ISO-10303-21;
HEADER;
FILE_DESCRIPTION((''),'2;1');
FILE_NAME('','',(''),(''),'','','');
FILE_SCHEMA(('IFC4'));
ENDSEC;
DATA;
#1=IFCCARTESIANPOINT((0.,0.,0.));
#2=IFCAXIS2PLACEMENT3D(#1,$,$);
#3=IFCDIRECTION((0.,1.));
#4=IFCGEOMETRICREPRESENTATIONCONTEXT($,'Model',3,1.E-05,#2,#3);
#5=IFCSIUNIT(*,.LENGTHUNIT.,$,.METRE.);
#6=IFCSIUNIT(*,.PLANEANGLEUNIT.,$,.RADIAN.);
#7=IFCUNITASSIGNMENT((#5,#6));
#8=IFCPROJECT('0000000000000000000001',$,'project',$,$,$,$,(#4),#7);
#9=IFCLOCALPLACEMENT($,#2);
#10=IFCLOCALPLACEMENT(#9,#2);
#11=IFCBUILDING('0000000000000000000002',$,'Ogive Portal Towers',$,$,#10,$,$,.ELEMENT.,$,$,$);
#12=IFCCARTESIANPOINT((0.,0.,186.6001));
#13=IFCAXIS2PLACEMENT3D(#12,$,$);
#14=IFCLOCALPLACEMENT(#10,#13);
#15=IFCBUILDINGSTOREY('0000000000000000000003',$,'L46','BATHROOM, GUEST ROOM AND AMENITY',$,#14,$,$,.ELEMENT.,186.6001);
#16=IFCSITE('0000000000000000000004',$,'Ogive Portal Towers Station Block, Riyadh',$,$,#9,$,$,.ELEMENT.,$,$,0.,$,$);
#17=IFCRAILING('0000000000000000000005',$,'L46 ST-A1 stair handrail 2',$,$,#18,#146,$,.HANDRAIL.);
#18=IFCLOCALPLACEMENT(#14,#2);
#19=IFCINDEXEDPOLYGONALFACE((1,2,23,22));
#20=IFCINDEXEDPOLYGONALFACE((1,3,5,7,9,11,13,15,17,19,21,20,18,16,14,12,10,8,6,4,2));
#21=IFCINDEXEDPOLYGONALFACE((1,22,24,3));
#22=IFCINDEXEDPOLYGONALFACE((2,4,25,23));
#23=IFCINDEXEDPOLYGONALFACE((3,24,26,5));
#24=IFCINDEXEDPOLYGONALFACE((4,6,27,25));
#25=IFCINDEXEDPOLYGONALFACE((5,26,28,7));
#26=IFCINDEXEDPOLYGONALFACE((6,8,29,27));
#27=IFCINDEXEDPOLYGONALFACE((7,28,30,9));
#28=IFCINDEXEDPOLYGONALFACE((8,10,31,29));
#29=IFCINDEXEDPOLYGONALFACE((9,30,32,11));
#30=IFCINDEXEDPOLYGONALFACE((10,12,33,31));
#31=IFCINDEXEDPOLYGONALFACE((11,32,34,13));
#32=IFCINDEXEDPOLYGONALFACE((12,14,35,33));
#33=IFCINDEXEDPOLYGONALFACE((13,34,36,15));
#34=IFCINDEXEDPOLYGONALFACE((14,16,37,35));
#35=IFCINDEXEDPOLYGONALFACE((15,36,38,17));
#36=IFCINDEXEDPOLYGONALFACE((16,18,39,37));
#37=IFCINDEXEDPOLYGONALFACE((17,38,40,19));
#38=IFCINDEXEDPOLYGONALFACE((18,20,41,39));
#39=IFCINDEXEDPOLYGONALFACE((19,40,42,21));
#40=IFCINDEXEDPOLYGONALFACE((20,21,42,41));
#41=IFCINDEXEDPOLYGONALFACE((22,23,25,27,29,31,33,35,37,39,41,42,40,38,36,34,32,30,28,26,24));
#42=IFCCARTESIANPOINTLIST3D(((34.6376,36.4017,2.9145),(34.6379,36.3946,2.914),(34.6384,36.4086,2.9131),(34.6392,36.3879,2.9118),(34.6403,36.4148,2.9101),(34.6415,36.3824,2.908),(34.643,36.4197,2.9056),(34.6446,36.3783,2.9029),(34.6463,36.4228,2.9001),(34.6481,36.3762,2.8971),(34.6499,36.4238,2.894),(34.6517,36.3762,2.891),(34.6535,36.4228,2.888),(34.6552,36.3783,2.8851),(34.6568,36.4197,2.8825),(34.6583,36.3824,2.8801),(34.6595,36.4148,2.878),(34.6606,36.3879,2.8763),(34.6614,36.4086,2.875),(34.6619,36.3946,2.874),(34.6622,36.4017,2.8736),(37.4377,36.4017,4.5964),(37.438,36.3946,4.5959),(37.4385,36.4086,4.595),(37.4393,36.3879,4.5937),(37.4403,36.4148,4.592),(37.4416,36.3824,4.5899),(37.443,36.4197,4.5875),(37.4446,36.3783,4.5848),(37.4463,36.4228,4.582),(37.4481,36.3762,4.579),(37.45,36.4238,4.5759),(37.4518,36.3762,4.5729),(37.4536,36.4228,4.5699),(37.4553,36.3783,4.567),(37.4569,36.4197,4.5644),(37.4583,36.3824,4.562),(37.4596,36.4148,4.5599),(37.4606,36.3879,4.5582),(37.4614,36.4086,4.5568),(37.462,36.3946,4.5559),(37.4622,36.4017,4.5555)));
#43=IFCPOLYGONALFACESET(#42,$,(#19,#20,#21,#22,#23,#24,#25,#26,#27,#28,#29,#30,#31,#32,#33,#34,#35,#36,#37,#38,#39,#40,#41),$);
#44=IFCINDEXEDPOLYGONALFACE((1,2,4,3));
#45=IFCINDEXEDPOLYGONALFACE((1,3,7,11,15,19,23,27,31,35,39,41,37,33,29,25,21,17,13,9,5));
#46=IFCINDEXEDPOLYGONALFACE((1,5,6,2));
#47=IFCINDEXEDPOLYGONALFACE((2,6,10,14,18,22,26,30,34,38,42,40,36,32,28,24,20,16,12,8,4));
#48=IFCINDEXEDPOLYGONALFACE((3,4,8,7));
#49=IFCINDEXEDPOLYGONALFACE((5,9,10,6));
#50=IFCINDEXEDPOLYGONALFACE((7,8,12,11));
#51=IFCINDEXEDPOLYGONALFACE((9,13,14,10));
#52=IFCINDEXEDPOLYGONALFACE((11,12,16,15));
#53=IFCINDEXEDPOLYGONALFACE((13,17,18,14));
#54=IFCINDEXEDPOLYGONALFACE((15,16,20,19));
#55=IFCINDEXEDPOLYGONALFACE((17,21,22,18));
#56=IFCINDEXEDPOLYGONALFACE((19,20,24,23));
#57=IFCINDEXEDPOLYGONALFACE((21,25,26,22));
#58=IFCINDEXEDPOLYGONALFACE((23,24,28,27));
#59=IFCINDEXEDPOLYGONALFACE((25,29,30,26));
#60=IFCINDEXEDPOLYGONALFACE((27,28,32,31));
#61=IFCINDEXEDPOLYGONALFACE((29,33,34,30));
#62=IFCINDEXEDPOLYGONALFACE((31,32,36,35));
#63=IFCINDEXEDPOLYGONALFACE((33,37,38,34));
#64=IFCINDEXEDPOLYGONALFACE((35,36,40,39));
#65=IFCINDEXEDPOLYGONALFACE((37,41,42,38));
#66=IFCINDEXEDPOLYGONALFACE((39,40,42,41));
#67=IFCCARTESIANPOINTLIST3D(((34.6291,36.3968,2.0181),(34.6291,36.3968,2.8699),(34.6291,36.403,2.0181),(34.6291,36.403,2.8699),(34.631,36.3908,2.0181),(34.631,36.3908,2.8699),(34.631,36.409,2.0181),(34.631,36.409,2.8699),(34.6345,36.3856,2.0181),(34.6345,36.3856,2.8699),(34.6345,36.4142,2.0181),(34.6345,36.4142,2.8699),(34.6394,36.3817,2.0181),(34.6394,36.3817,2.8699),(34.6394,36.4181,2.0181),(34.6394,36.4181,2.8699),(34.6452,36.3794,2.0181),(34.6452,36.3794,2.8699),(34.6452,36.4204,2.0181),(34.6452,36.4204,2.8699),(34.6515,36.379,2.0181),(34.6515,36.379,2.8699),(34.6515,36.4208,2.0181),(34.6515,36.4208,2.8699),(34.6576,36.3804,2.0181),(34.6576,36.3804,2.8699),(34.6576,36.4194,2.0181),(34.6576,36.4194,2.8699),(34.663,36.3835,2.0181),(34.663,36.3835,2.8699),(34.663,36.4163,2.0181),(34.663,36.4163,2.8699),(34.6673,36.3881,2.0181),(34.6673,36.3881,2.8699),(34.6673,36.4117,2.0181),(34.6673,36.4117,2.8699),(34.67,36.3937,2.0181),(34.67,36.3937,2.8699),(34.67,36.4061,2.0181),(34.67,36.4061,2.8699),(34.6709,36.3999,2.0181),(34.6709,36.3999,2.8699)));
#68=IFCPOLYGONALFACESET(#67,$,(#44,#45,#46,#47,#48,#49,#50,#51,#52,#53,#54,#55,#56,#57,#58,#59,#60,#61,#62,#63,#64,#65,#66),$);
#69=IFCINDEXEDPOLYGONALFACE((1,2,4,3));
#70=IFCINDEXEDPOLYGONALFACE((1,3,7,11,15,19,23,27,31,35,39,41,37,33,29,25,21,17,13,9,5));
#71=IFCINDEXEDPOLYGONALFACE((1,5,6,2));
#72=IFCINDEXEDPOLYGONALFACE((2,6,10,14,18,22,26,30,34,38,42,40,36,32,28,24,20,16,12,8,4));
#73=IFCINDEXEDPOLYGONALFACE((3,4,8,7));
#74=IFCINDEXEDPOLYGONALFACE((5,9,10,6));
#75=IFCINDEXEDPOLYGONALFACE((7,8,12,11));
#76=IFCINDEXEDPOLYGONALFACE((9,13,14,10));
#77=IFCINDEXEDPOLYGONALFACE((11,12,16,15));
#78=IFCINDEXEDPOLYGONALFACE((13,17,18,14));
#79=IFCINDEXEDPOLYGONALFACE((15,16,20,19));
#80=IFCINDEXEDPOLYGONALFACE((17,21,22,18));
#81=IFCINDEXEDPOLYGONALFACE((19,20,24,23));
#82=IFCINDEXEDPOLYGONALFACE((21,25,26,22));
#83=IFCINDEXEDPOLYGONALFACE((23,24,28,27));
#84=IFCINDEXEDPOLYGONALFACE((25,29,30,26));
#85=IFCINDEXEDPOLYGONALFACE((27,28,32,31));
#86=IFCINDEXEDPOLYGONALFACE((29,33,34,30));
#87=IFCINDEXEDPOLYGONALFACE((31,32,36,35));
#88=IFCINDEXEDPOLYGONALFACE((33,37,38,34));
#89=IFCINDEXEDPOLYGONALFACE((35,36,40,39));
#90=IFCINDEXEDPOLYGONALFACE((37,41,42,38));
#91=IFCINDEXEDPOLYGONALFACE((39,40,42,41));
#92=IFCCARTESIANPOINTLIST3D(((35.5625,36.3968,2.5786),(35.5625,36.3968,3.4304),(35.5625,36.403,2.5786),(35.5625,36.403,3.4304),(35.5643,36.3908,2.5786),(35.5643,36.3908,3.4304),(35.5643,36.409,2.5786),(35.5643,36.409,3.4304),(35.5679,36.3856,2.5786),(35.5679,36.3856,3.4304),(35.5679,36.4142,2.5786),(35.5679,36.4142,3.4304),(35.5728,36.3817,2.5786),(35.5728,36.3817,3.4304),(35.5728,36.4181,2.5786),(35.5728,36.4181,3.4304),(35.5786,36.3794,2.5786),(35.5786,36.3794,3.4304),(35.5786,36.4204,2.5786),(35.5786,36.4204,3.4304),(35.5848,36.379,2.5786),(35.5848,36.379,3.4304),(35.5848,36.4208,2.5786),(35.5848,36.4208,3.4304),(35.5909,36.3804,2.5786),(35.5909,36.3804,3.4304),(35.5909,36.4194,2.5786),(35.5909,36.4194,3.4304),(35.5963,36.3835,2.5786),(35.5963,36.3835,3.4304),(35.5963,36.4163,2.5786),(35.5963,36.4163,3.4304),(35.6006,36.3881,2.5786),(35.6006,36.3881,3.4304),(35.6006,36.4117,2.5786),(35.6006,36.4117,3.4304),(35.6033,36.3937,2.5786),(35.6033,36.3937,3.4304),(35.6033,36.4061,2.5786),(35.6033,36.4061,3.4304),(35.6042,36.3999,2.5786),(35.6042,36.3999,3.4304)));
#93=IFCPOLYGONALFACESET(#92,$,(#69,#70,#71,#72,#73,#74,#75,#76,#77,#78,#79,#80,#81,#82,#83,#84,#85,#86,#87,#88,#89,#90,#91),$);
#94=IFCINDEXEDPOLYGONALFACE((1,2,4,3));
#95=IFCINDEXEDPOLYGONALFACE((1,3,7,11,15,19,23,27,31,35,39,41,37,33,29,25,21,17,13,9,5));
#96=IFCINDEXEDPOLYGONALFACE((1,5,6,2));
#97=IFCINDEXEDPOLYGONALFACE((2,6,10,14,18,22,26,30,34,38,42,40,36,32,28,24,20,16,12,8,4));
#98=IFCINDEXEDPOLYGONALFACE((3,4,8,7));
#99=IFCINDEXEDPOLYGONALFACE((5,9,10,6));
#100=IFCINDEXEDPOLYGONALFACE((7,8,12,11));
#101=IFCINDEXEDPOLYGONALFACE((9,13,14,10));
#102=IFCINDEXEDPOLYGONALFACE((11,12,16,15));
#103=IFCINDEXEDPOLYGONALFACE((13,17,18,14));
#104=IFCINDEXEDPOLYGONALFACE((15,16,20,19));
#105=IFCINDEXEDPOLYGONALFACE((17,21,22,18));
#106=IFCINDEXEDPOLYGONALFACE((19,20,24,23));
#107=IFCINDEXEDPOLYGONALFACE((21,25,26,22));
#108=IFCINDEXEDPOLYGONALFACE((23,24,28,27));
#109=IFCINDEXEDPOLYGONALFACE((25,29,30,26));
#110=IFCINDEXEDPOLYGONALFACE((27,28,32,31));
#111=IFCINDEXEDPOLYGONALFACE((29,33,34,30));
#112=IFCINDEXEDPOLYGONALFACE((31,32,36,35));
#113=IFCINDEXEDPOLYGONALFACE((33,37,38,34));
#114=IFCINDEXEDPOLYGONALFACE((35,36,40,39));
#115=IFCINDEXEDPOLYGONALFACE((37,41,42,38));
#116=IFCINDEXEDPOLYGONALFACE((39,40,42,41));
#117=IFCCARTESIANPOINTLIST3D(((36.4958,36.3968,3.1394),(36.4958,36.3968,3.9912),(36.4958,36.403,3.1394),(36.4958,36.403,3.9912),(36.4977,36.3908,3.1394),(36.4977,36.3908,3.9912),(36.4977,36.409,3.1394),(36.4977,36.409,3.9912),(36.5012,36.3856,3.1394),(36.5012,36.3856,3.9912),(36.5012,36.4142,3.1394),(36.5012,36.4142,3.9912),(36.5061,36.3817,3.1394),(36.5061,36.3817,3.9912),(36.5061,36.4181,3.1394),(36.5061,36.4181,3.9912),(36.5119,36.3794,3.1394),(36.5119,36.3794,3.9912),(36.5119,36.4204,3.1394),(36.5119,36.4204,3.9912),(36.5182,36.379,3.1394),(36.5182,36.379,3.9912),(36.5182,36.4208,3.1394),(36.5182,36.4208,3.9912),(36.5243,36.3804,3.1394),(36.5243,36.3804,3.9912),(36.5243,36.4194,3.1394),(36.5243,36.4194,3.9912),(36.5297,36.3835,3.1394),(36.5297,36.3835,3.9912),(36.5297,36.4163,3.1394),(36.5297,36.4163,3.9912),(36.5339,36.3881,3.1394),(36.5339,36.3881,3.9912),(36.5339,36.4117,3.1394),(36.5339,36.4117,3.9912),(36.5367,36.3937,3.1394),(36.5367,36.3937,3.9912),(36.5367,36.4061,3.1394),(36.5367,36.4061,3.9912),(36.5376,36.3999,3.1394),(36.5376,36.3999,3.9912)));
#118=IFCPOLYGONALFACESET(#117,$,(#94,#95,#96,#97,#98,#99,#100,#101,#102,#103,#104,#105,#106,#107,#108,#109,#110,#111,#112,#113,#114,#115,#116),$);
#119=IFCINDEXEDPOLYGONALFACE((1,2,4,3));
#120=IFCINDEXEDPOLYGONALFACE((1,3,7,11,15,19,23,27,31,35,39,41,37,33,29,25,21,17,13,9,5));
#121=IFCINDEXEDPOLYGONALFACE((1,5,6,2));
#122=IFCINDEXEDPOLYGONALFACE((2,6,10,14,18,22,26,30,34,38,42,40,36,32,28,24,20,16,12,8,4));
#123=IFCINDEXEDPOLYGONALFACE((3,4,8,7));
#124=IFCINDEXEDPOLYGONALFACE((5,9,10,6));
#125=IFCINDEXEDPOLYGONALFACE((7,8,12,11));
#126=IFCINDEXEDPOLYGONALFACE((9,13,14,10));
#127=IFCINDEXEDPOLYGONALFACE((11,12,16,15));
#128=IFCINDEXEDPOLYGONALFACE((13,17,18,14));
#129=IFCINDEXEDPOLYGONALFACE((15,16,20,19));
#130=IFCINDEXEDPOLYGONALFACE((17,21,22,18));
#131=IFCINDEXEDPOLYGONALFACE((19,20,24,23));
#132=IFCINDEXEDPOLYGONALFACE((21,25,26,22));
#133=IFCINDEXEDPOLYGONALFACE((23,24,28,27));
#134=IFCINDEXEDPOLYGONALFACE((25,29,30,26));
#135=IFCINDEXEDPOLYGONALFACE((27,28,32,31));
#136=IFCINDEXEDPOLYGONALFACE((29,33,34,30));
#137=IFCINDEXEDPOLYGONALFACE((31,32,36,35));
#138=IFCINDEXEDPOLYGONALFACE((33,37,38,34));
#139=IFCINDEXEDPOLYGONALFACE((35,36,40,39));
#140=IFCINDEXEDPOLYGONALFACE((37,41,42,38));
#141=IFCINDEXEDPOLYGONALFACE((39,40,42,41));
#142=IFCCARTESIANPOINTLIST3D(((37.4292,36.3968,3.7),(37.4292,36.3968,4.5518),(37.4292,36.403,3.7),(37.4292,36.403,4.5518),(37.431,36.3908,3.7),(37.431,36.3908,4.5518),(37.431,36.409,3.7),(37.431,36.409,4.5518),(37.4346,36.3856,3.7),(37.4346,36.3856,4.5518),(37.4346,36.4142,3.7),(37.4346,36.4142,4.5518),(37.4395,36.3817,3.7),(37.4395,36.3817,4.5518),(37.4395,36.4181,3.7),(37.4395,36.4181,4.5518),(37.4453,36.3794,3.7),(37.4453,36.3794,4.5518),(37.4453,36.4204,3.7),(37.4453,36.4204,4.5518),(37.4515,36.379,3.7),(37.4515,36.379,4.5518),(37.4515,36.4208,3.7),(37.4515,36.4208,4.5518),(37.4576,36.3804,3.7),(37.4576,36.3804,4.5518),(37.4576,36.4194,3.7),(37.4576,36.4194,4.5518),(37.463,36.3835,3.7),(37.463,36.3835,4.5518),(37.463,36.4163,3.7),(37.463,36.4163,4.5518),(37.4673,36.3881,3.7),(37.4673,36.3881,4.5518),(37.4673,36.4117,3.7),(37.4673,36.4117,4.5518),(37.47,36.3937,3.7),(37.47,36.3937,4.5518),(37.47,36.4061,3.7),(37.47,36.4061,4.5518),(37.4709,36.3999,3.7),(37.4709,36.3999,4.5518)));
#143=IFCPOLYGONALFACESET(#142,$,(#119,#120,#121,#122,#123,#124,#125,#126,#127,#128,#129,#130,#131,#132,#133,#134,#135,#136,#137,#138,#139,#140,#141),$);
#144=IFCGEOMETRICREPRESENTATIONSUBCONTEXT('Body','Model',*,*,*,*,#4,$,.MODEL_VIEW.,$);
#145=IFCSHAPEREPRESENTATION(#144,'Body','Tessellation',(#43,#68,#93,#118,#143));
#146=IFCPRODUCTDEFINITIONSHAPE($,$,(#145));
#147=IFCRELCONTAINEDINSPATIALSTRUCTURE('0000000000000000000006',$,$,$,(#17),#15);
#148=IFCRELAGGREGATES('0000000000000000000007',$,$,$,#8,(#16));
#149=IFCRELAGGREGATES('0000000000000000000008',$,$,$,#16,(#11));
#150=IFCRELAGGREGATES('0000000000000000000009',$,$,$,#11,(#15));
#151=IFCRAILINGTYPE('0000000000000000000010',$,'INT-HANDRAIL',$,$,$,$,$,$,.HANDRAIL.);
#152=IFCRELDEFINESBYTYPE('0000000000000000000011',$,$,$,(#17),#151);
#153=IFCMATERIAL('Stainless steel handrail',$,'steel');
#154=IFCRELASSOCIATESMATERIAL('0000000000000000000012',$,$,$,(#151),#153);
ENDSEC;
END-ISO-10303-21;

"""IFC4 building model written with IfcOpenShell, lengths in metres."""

from ifc_helpers import new_model, si_unit, direction, frame, origin, origin_2d, place, context, subcontext, project, spatial, circle, extrude, material, type_object, element, save


model = new_model("IFC4")

# Units and contexts
model_context = context("Model", 3, precision=1e-05, world=origin(), true_north=direction((0.0, 1.0)))
body_context = subcontext(model_context, "Body", "Model", "MODEL_VIEW")
ifc_project = project(units=[si_unit("LENGTHUNIT", "METRE"), si_unit("PLANEANGLEUNIT", "RADIAN")], contexts=[model_context])

# Site, building, storey
site_placement = place(None, origin())
site = spatial("IfcSite", under=ifc_project, at=site_placement, Name="Ogive Portal Towers Station Block, Riyadh", CompositionType="ELEMENT", RefElevation=0.0)
building_placement = place(site_placement, origin())
building = spatial("IfcBuilding", under=site, at=building_placement, Name="Ogive Portal Towers", CompositionType="ELEMENT")
storey_placement = place(building_placement, frame((0.0, 0.0, 186.6001)))
storey = spatial("IfcBuildingStorey", under=building, at=storey_placement, Name="L46", Description="BATHROOM, GUEST ROOM AND AMENITY", CompositionType="ELEMENT", Elevation=186.6001)

# Railing
ifc_material_1 = material(Name="Stainless steel handrail", Category="steel")
railing_type_1 = type_object("IfcRailingType", Name="INT-HANDRAIL", PredefinedType="HANDRAIL", material=ifc_material_1)
railing_1_placement = place(storey_placement, frame((34.6499, 36.3999, 2.0181)))
element("IfcRailing", 1, at=railing_1_placement, inside=storey, type_object=railing_type_1, Name="L46 ST-A1 stair handrail 2", PredefinedType="HANDRAIL", context=body_context, shape_type="SweptSolid", body=[
    extrude(circle(Radius=0.0239, at=origin_2d()), frame((0.0, 0.0, 0.876), z_axis=(0.857242, 0.0, 0.514913), x_axis=(0.0, 1.0, 0.0)), (0.0, 0.0, 1.0), 3.2664),
    extrude(circle(Radius=0.021, at=origin_2d()), origin(), (0.0, 0.0, 1.0), 0.8518),
    extrude(circle(Radius=0.021, at=origin_2d()), frame((0.9333, 0.0, 0.5605)), (0.0, 0.0, 1.0), 0.8518),
    extrude(circle(Radius=0.021, at=origin_2d()), frame((1.8667, 0.0, 1.1213)), (0.0, 0.0, 1.0), 0.8518),
    extrude(circle(Radius=0.021, at=origin_2d()), frame((2.8, 0.0, 1.6819)), (0.0, 0.0, 1.0), 0.8518),
])

save(model, "model.ifc")
